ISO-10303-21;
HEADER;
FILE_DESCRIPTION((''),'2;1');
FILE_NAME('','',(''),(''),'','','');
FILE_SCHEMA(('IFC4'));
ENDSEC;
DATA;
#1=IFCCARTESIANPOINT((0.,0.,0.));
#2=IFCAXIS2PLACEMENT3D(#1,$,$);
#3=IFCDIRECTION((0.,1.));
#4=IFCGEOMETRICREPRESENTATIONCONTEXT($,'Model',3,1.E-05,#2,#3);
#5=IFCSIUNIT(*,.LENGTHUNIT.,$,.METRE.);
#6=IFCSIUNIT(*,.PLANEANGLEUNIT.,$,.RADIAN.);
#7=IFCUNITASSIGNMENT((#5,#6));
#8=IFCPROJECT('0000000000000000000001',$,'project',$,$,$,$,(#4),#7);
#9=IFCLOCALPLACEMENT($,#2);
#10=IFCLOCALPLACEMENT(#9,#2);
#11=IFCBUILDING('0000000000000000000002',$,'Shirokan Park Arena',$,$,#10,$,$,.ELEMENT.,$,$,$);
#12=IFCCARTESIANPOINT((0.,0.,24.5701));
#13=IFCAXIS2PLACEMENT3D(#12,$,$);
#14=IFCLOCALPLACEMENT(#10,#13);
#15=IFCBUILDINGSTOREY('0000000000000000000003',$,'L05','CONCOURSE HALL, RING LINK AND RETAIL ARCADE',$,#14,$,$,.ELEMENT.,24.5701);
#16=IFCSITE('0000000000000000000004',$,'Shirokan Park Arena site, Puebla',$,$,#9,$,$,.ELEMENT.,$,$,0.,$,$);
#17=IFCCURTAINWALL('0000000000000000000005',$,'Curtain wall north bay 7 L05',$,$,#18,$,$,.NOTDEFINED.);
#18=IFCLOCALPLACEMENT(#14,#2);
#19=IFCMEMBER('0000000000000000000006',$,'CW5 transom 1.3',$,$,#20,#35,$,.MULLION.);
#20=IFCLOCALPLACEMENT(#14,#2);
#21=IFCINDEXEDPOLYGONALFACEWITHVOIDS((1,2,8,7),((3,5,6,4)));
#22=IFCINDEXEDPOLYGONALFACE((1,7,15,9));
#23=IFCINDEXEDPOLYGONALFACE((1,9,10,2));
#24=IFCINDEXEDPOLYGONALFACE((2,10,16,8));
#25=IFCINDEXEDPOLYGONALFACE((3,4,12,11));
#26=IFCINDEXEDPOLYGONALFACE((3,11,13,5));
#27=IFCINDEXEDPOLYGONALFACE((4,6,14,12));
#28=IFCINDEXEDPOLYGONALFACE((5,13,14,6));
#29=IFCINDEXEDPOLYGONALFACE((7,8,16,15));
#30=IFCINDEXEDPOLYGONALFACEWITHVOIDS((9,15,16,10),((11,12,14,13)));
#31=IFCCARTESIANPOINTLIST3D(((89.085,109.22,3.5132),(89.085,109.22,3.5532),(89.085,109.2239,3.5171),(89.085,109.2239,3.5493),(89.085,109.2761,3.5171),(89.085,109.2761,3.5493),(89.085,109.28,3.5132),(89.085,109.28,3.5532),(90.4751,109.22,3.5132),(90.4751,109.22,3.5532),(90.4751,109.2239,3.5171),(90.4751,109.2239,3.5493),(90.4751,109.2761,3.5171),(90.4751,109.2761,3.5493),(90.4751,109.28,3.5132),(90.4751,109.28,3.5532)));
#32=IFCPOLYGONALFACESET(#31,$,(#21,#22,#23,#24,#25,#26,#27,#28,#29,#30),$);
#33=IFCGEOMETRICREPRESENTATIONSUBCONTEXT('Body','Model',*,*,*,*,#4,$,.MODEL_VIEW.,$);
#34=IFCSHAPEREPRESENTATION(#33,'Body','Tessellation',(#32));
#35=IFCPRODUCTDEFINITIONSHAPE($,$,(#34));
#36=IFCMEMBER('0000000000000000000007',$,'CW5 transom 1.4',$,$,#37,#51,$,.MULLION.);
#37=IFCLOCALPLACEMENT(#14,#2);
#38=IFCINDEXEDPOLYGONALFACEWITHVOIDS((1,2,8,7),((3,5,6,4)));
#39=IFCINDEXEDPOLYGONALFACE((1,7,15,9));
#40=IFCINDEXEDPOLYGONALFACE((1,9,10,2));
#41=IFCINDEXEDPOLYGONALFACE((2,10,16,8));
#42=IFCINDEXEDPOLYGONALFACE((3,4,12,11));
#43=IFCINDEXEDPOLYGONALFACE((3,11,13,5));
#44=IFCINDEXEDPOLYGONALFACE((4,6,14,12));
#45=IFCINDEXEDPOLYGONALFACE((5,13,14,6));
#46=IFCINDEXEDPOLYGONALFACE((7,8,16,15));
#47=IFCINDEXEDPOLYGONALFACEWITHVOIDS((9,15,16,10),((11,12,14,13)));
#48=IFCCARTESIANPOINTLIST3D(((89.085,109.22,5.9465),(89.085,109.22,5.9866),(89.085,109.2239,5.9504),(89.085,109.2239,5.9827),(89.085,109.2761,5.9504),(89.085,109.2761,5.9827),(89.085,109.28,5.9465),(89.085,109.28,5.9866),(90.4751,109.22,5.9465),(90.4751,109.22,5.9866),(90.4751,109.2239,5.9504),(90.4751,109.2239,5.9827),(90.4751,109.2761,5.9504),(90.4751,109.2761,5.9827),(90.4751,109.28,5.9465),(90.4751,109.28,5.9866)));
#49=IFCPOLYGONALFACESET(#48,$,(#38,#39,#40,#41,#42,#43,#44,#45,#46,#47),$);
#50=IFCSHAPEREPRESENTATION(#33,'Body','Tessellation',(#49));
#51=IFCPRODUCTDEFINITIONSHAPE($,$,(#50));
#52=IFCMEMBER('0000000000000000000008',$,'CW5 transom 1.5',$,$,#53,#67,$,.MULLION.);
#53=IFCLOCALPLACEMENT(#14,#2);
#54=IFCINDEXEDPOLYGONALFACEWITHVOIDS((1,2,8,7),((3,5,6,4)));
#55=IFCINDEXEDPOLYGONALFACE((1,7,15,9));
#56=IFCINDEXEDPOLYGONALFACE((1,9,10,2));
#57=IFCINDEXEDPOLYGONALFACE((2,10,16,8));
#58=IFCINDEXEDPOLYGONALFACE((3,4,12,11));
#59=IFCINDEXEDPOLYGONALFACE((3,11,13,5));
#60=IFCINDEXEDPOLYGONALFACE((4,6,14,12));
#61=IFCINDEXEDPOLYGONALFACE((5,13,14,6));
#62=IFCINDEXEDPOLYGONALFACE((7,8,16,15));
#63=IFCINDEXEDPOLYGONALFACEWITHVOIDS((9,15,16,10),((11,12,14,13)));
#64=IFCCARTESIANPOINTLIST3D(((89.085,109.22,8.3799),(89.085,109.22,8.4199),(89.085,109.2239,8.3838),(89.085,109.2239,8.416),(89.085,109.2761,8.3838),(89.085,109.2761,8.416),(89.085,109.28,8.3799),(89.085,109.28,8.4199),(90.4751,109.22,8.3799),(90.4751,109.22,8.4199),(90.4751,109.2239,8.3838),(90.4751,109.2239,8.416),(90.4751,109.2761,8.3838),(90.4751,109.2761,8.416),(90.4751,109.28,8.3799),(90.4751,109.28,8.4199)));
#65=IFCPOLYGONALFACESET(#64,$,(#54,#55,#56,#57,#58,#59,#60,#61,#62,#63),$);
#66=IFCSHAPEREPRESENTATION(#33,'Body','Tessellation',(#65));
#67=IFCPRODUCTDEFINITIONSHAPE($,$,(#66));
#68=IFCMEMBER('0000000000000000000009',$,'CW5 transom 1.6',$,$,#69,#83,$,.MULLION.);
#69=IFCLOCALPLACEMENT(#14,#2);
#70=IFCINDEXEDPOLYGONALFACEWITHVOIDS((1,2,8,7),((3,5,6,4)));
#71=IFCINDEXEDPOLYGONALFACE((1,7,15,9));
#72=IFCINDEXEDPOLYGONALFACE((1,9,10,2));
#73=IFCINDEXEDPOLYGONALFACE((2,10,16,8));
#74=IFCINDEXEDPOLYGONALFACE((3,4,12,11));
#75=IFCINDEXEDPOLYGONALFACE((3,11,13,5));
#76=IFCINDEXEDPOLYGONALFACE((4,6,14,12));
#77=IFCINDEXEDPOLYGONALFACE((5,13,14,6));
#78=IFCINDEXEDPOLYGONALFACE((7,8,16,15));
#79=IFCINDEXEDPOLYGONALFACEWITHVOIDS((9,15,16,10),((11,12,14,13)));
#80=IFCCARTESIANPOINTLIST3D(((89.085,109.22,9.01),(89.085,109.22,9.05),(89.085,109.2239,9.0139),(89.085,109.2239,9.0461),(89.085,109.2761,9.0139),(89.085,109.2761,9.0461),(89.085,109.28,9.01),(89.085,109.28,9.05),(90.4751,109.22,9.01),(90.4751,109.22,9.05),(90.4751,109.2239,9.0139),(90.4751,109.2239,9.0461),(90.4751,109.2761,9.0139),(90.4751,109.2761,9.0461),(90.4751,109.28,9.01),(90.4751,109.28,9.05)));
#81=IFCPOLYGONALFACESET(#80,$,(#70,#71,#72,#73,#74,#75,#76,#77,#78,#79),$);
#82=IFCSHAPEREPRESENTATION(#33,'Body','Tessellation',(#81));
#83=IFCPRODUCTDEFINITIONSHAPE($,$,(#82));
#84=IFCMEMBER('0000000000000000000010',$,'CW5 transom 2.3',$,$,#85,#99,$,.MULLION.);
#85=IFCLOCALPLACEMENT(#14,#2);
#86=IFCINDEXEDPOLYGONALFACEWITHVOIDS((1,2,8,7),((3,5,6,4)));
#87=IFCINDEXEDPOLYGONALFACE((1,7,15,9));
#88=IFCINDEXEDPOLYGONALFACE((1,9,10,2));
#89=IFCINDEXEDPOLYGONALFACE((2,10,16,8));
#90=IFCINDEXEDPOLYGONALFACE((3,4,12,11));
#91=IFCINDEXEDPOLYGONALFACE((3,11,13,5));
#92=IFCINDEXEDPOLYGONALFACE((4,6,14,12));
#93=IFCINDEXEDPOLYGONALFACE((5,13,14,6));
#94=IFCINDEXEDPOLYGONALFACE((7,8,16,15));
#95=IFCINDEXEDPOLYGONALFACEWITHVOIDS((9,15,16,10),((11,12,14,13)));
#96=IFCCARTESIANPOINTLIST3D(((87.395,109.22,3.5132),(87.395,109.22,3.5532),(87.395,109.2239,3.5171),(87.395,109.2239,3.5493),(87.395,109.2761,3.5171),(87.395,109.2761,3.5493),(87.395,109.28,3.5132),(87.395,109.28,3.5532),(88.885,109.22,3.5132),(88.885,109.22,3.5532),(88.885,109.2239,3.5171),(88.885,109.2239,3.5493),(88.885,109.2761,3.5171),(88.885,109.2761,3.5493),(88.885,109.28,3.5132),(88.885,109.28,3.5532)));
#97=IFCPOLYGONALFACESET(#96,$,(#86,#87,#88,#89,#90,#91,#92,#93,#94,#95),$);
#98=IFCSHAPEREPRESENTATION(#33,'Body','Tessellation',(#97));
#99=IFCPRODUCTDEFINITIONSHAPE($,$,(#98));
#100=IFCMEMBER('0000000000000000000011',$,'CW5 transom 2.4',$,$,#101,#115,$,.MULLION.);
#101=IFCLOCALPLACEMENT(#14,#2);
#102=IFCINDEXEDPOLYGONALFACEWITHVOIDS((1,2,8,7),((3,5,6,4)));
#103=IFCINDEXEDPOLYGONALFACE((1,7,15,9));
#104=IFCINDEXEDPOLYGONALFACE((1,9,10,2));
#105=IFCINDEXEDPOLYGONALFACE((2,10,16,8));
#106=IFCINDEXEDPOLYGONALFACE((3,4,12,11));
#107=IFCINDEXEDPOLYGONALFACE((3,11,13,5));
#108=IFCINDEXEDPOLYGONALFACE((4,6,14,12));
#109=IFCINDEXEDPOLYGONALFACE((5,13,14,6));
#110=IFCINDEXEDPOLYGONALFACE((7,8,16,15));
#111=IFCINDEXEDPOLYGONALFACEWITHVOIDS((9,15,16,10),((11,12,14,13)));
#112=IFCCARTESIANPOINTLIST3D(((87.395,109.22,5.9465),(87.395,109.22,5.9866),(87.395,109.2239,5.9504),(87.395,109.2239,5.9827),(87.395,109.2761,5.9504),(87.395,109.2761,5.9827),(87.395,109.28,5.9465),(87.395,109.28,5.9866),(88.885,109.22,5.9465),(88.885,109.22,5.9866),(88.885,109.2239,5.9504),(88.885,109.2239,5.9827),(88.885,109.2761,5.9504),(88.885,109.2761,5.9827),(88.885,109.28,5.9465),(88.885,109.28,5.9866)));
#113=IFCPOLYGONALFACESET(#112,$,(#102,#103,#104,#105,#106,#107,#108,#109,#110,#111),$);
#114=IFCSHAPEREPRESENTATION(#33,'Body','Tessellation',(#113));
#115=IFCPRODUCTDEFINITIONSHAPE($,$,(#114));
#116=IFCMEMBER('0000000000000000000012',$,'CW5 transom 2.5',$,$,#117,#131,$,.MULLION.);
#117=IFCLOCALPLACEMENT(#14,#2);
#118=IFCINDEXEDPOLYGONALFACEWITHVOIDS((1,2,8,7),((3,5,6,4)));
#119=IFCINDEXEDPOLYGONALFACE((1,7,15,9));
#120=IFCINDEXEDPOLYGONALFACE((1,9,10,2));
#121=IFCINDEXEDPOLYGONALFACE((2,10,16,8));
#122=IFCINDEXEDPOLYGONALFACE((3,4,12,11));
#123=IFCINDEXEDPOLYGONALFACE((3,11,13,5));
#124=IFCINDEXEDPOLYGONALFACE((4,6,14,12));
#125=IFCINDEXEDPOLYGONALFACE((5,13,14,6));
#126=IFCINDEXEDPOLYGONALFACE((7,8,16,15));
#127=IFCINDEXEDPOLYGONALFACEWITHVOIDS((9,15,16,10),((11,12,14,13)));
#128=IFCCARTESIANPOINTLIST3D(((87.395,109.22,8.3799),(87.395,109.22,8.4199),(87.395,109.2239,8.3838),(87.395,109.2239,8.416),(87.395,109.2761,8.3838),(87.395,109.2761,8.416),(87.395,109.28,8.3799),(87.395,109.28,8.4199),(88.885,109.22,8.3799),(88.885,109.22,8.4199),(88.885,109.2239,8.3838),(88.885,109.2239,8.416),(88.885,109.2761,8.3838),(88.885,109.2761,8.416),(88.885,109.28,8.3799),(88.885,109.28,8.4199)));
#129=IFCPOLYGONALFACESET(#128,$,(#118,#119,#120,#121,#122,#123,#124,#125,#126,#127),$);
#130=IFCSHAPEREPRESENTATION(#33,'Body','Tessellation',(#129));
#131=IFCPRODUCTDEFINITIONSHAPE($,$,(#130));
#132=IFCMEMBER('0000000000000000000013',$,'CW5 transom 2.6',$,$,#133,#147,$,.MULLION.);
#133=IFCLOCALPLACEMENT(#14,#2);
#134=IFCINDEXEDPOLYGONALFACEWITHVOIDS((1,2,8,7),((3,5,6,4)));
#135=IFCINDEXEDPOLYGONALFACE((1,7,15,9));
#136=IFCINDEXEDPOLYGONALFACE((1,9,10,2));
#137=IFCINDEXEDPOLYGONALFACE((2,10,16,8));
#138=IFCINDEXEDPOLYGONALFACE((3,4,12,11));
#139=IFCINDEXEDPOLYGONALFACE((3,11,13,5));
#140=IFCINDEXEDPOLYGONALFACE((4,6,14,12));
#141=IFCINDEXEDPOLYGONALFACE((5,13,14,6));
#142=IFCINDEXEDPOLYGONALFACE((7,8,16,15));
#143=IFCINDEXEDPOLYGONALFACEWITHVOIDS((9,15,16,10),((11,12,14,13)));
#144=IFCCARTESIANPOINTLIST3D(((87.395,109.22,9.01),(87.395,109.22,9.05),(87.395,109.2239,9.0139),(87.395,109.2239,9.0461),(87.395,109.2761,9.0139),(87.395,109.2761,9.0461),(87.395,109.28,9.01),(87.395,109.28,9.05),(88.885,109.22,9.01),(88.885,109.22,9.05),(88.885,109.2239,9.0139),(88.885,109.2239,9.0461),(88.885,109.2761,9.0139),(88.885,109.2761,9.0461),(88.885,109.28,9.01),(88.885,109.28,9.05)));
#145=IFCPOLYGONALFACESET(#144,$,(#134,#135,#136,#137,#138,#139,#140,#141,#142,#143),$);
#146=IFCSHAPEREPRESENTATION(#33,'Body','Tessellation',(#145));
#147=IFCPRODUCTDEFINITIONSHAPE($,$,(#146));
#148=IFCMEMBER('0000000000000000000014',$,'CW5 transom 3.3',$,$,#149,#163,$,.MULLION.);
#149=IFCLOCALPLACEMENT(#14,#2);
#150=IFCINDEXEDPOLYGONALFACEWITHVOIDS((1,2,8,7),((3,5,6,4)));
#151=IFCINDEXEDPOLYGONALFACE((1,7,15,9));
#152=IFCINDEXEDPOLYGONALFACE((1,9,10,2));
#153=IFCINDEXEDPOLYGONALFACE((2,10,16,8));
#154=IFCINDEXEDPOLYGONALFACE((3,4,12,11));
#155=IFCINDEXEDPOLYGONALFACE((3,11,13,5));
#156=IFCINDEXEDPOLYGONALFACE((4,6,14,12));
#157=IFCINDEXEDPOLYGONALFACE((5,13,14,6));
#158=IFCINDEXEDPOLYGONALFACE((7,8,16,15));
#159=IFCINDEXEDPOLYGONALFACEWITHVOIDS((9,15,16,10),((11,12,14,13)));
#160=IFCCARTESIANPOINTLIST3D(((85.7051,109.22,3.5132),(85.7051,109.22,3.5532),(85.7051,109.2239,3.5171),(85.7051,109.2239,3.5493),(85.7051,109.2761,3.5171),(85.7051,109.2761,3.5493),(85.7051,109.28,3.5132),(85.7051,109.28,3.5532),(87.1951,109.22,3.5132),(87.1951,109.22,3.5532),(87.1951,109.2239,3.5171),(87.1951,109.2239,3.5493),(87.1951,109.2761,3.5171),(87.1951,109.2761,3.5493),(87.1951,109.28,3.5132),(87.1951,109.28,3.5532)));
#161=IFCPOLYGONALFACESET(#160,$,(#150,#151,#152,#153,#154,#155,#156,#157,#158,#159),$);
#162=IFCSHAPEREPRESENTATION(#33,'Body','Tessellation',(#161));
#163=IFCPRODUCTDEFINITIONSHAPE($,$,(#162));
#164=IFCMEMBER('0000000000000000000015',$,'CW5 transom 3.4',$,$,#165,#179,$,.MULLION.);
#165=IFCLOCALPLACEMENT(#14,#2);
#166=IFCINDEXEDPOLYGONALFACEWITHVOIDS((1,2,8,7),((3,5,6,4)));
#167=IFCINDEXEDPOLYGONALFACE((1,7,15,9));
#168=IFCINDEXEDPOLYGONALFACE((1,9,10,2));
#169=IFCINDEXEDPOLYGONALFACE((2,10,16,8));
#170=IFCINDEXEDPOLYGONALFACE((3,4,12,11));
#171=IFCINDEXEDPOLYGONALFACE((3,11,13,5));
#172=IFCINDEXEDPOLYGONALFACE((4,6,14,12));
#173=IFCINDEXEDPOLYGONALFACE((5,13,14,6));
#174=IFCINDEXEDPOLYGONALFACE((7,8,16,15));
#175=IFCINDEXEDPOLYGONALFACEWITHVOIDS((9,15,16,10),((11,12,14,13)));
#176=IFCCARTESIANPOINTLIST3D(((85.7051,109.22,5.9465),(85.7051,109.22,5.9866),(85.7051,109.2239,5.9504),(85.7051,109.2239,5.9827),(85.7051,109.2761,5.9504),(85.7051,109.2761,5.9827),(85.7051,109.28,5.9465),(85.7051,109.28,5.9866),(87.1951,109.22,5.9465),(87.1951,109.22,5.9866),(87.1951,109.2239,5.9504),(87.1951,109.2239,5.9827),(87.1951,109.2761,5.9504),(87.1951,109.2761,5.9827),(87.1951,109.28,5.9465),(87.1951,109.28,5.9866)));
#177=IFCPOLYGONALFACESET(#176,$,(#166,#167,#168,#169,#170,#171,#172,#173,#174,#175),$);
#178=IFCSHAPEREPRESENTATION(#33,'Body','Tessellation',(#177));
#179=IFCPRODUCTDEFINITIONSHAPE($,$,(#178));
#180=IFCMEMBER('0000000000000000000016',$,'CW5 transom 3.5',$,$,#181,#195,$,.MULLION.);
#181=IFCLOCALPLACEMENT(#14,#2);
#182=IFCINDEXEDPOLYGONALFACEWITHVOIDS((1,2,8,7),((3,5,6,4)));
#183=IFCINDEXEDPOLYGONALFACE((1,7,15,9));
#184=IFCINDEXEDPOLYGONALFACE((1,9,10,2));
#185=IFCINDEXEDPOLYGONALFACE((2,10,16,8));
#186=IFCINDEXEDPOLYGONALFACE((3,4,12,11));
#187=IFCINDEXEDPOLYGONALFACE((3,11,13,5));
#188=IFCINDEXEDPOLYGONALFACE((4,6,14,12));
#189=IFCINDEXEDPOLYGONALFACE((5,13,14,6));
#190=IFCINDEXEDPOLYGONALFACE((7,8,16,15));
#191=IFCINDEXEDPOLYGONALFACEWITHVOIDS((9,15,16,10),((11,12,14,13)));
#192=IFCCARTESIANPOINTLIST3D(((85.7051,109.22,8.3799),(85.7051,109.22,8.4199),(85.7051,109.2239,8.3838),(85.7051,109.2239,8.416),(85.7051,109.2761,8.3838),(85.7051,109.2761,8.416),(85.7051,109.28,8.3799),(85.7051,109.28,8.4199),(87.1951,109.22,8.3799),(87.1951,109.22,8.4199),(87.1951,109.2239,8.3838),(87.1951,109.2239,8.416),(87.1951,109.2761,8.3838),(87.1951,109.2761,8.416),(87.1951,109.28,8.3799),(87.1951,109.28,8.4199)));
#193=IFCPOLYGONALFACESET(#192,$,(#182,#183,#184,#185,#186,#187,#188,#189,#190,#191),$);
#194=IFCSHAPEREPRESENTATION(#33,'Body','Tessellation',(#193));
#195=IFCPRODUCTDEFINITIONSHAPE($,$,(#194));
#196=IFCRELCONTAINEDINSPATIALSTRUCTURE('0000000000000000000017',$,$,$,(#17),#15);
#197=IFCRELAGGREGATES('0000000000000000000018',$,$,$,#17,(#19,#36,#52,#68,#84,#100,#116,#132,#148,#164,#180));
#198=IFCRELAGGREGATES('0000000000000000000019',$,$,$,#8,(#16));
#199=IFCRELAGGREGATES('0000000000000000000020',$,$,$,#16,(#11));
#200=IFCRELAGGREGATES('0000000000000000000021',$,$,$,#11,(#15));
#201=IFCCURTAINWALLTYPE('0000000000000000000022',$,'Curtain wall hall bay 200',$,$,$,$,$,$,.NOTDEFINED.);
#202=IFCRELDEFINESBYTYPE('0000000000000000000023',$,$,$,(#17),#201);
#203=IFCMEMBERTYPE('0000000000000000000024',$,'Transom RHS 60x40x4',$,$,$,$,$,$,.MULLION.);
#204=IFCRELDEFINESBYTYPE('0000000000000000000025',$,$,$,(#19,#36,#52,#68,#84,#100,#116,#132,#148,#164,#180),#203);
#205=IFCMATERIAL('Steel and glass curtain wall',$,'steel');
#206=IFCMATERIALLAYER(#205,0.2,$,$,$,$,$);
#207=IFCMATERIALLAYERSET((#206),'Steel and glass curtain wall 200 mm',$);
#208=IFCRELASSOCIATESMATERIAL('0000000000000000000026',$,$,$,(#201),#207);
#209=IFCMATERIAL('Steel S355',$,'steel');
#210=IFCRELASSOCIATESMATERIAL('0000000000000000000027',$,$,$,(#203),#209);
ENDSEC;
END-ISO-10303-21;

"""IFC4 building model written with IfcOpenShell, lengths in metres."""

from ifc_helpers import new_model, si_unit, direction, frame, origin, origin_2d, place, context, subcontext, project, spatial, hollow_rectangle, extrude, material, layer, layer_set, material_profile, profile_set, type_object, element, aggregate, save


model = new_model("IFC4")

# Units and contexts
model_context = context("Model", 3, precision=1e-05, world=origin(), true_north=direction((0.0, 1.0)))
body_context = subcontext(model_context, "Body", "Model", "MODEL_VIEW")
ifc_project = project(units=[si_unit("LENGTHUNIT", "METRE"), si_unit("PLANEANGLEUNIT", "RADIAN")], contexts=[model_context])

# Site, building, storey
site_placement = place(None, origin())
site = spatial("IfcSite", under=ifc_project, at=site_placement, Name="Shirokan Park Arena site, Puebla", CompositionType="ELEMENT", RefElevation=0.0)
building_placement = place(site_placement, origin())
building = spatial("IfcBuilding", under=site, at=building_placement, Name="Shirokan Park Arena", CompositionType="ELEMENT")
storey_placement = place(building_placement, frame((0.0, 0.0, 24.5701)))
storey = spatial("IfcBuildingStorey", under=building, at=storey_placement, Name="L05", Description="CONCOURSE HALL, RING LINK AND RETAIL ARCADE", CompositionType="ELEMENT", Elevation=24.5701)

# Curtain wall, members
ifc_material_1 = material(Name="Steel and glass curtain wall", Category="steel")
ifc_layer_1 = layer(ifc_material_1, 0.2)
ifc_layer_set_1 = layer_set([ifc_layer_1], Name="Steel and glass curtain wall 200 mm")
curtain_wall_type = type_object("IfcCurtainWallType", Name="Curtain wall hall bay 200", PredefinedType="NOTDEFINED", material=ifc_layer_set_1)
curtain_wall_placement = place(storey_placement, origin())
curtain_wall = element("IfcCurtainWall", 1, at=curtain_wall_placement, inside=storey, type_object=curtain_wall_type, Name="Curtain wall north bay 7 L05", PredefinedType="NOTDEFINED")
ifc_material_2 = material(Name="Steel S355", Category="steel")
ifc_material_profile = material_profile(ifc_material_2, hollow_rectangle(XDim=0.0601, YDim=0.04, WallThickness=0.0039, at=origin_2d()), Name="RHS 60x40x4")
ifc_profile_set = profile_set([ifc_material_profile], Name="Steel S355")
member_type = type_object("IfcMemberType", Name="Transom RHS 60x40x4", PredefinedType="MULLION", material=ifc_profile_set)
member_1_placement = place(storey_placement, frame((90.4751, 109.25, 3.5332), z_axis=(-1.0, 0.0, 0.0), x_axis=(0.0, -1.0, 0.0)))
member_1 = element("IfcMember", 2, at=member_1_placement, type_object=member_type, Name="CW5 transom 1.3", PredefinedType="MULLION", context=body_context, shape_type="SweptSolid", body=[
    extrude(hollow_rectangle(XDim=0.0601, YDim=0.04, WallThickness=0.0039, at=origin_2d()), origin(), (0.0, 0.0, 1.0), 1.3901),
])
member_2_placement = place(storey_placement, frame((90.4751, 109.25, 5.9666), z_axis=(-1.0, 0.0, 0.0), x_axis=(0.0, -1.0, 0.0)))
member_2 = element("IfcMember", 3, at=member_2_placement, type_object=member_type, Name="CW5 transom 1.4", PredefinedType="MULLION", context=body_context, shape_type="SweptSolid", body=[
    extrude(hollow_rectangle(XDim=0.0601, YDim=0.04, WallThickness=0.0039, at=origin_2d()), origin(), (0.0, 0.0, 1.0), 1.3901),
])
member_3_placement = place(storey_placement, frame((90.4751, 109.25, 8.3999), z_axis=(-1.0, 0.0, 0.0), x_axis=(0.0, -1.0, 0.0)))
member_3 = element("IfcMember", 4, at=member_3_placement, type_object=member_type, Name="CW5 transom 1.5", PredefinedType="MULLION", context=body_context, shape_type="SweptSolid", body=[
    extrude(hollow_rectangle(XDim=0.0601, YDim=0.04, WallThickness=0.0039, at=origin_2d()), origin(), (0.0, 0.0, 1.0), 1.3901),
])
member_4_placement = place(storey_placement, frame((90.4751, 109.25, 9.03), z_axis=(-1.0, 0.0, 0.0), x_axis=(0.0, -1.0, 0.0)))
member_4 = element("IfcMember", 5, at=member_4_placement, type_object=member_type, Name="CW5 transom 1.6", PredefinedType="MULLION", context=body_context, shape_type="SweptSolid", body=[
    extrude(hollow_rectangle(XDim=0.0601, YDim=0.04, WallThickness=0.0039, at=origin_2d()), origin(), (0.0, 0.0, 1.0), 1.3901),
])
member_5_placement = place(storey_placement, frame((88.885, 109.25, 3.5332), z_axis=(-1.0, 0.0, 0.0), x_axis=(0.0, -1.0, 0.0)))
member_5 = element("IfcMember", 6, at=member_5_placement, type_object=member_type, Name="CW5 transom 2.3", PredefinedType="MULLION", context=body_context, shape_type="SweptSolid", body=[
    extrude(hollow_rectangle(XDim=0.0601, YDim=0.04, WallThickness=0.0039, at=origin_2d()), origin(), (0.0, 0.0, 1.0), 1.49),
])
member_6_placement = place(storey_placement, frame((88.885, 109.25, 5.9666), z_axis=(-1.0, 0.0, 0.0), x_axis=(0.0, -1.0, 0.0)))
member_6 = element("IfcMember", 7, at=member_6_placement, type_object=member_type, Name="CW5 transom 2.4", PredefinedType="MULLION", context=body_context, shape_type="SweptSolid", body=[
    extrude(hollow_rectangle(XDim=0.0601, YDim=0.04, WallThickness=0.0039, at=origin_2d()), origin(), (0.0, 0.0, 1.0), 1.49),
])
member_7_placement = place(storey_placement, frame((88.885, 109.25, 8.3999), z_axis=(-1.0, 0.0, 0.0), x_axis=(0.0, -1.0, 0.0)))
member_7 = element("IfcMember", 8, at=member_7_placement, type_object=member_type, Name="CW5 transom 2.5", PredefinedType="MULLION", context=body_context, shape_type="SweptSolid", body=[
    extrude(hollow_rectangle(XDim=0.0601, YDim=0.04, WallThickness=0.0039, at=origin_2d()), origin(), (0.0, 0.0, 1.0), 1.49),
])
member_8_placement = place(storey_placement, frame((88.885, 109.25, 9.03), z_axis=(-1.0, 0.0, 0.0), x_axis=(0.0, -1.0, 0.0)))
member_8 = element("IfcMember", 9, at=member_8_placement, type_object=member_type, Name="CW5 transom 2.6", PredefinedType="MULLION", context=body_context, shape_type="SweptSolid", body=[
    extrude(hollow_rectangle(XDim=0.0601, YDim=0.04, WallThickness=0.0039, at=origin_2d()), origin(), (0.0, 0.0, 1.0), 1.49),
])
member_9_placement = place(storey_placement, frame((87.1951, 109.25, 3.5332), z_axis=(-1.0, 0.0, 0.0), x_axis=(0.0, -1.0, 0.0)))
member_9 = element("IfcMember", 10, at=member_9_placement, type_object=member_type, Name="CW5 transom 3.3", PredefinedType="MULLION", context=body_context, shape_type="SweptSolid", body=[
    extrude(hollow_rectangle(XDim=0.0601, YDim=0.04, WallThickness=0.0039, at=origin_2d()), origin(), (0.0, 0.0, 1.0), 1.49),
])
member_10_placement = place(storey_placement, frame((87.1951, 109.25, 5.9666), z_axis=(-1.0, 0.0, 0.0), x_axis=(0.0, -1.0, 0.0)))
member_10 = element("IfcMember", 11, at=member_10_placement, type_object=member_type, Name="CW5 transom 3.4", PredefinedType="MULLION", context=body_context, shape_type="SweptSolid", body=[
    extrude(hollow_rectangle(XDim=0.0601, YDim=0.04, WallThickness=0.0039, at=origin_2d()), origin(), (0.0, 0.0, 1.0), 1.49),
])
member_11_placement = place(storey_placement, frame((87.1951, 109.25, 8.3999), z_axis=(-1.0, 0.0, 0.0), x_axis=(0.0, -1.0, 0.0)))
member_11 = element("IfcMember", 12, at=member_11_placement, type_object=member_type, Name="CW5 transom 3.5", PredefinedType="MULLION", context=body_context, shape_type="SweptSolid", body=[
    extrude(hollow_rectangle(XDim=0.0601, YDim=0.04, WallThickness=0.0039, at=origin_2d()), origin(), (0.0, 0.0, 1.0), 1.49),
])
aggregate(curtain_wall, [member_1, member_2, member_3, member_4, member_5, member_6, member_7, member_8, member_9, member_10, member_11])

save(model, "model.ifc")
